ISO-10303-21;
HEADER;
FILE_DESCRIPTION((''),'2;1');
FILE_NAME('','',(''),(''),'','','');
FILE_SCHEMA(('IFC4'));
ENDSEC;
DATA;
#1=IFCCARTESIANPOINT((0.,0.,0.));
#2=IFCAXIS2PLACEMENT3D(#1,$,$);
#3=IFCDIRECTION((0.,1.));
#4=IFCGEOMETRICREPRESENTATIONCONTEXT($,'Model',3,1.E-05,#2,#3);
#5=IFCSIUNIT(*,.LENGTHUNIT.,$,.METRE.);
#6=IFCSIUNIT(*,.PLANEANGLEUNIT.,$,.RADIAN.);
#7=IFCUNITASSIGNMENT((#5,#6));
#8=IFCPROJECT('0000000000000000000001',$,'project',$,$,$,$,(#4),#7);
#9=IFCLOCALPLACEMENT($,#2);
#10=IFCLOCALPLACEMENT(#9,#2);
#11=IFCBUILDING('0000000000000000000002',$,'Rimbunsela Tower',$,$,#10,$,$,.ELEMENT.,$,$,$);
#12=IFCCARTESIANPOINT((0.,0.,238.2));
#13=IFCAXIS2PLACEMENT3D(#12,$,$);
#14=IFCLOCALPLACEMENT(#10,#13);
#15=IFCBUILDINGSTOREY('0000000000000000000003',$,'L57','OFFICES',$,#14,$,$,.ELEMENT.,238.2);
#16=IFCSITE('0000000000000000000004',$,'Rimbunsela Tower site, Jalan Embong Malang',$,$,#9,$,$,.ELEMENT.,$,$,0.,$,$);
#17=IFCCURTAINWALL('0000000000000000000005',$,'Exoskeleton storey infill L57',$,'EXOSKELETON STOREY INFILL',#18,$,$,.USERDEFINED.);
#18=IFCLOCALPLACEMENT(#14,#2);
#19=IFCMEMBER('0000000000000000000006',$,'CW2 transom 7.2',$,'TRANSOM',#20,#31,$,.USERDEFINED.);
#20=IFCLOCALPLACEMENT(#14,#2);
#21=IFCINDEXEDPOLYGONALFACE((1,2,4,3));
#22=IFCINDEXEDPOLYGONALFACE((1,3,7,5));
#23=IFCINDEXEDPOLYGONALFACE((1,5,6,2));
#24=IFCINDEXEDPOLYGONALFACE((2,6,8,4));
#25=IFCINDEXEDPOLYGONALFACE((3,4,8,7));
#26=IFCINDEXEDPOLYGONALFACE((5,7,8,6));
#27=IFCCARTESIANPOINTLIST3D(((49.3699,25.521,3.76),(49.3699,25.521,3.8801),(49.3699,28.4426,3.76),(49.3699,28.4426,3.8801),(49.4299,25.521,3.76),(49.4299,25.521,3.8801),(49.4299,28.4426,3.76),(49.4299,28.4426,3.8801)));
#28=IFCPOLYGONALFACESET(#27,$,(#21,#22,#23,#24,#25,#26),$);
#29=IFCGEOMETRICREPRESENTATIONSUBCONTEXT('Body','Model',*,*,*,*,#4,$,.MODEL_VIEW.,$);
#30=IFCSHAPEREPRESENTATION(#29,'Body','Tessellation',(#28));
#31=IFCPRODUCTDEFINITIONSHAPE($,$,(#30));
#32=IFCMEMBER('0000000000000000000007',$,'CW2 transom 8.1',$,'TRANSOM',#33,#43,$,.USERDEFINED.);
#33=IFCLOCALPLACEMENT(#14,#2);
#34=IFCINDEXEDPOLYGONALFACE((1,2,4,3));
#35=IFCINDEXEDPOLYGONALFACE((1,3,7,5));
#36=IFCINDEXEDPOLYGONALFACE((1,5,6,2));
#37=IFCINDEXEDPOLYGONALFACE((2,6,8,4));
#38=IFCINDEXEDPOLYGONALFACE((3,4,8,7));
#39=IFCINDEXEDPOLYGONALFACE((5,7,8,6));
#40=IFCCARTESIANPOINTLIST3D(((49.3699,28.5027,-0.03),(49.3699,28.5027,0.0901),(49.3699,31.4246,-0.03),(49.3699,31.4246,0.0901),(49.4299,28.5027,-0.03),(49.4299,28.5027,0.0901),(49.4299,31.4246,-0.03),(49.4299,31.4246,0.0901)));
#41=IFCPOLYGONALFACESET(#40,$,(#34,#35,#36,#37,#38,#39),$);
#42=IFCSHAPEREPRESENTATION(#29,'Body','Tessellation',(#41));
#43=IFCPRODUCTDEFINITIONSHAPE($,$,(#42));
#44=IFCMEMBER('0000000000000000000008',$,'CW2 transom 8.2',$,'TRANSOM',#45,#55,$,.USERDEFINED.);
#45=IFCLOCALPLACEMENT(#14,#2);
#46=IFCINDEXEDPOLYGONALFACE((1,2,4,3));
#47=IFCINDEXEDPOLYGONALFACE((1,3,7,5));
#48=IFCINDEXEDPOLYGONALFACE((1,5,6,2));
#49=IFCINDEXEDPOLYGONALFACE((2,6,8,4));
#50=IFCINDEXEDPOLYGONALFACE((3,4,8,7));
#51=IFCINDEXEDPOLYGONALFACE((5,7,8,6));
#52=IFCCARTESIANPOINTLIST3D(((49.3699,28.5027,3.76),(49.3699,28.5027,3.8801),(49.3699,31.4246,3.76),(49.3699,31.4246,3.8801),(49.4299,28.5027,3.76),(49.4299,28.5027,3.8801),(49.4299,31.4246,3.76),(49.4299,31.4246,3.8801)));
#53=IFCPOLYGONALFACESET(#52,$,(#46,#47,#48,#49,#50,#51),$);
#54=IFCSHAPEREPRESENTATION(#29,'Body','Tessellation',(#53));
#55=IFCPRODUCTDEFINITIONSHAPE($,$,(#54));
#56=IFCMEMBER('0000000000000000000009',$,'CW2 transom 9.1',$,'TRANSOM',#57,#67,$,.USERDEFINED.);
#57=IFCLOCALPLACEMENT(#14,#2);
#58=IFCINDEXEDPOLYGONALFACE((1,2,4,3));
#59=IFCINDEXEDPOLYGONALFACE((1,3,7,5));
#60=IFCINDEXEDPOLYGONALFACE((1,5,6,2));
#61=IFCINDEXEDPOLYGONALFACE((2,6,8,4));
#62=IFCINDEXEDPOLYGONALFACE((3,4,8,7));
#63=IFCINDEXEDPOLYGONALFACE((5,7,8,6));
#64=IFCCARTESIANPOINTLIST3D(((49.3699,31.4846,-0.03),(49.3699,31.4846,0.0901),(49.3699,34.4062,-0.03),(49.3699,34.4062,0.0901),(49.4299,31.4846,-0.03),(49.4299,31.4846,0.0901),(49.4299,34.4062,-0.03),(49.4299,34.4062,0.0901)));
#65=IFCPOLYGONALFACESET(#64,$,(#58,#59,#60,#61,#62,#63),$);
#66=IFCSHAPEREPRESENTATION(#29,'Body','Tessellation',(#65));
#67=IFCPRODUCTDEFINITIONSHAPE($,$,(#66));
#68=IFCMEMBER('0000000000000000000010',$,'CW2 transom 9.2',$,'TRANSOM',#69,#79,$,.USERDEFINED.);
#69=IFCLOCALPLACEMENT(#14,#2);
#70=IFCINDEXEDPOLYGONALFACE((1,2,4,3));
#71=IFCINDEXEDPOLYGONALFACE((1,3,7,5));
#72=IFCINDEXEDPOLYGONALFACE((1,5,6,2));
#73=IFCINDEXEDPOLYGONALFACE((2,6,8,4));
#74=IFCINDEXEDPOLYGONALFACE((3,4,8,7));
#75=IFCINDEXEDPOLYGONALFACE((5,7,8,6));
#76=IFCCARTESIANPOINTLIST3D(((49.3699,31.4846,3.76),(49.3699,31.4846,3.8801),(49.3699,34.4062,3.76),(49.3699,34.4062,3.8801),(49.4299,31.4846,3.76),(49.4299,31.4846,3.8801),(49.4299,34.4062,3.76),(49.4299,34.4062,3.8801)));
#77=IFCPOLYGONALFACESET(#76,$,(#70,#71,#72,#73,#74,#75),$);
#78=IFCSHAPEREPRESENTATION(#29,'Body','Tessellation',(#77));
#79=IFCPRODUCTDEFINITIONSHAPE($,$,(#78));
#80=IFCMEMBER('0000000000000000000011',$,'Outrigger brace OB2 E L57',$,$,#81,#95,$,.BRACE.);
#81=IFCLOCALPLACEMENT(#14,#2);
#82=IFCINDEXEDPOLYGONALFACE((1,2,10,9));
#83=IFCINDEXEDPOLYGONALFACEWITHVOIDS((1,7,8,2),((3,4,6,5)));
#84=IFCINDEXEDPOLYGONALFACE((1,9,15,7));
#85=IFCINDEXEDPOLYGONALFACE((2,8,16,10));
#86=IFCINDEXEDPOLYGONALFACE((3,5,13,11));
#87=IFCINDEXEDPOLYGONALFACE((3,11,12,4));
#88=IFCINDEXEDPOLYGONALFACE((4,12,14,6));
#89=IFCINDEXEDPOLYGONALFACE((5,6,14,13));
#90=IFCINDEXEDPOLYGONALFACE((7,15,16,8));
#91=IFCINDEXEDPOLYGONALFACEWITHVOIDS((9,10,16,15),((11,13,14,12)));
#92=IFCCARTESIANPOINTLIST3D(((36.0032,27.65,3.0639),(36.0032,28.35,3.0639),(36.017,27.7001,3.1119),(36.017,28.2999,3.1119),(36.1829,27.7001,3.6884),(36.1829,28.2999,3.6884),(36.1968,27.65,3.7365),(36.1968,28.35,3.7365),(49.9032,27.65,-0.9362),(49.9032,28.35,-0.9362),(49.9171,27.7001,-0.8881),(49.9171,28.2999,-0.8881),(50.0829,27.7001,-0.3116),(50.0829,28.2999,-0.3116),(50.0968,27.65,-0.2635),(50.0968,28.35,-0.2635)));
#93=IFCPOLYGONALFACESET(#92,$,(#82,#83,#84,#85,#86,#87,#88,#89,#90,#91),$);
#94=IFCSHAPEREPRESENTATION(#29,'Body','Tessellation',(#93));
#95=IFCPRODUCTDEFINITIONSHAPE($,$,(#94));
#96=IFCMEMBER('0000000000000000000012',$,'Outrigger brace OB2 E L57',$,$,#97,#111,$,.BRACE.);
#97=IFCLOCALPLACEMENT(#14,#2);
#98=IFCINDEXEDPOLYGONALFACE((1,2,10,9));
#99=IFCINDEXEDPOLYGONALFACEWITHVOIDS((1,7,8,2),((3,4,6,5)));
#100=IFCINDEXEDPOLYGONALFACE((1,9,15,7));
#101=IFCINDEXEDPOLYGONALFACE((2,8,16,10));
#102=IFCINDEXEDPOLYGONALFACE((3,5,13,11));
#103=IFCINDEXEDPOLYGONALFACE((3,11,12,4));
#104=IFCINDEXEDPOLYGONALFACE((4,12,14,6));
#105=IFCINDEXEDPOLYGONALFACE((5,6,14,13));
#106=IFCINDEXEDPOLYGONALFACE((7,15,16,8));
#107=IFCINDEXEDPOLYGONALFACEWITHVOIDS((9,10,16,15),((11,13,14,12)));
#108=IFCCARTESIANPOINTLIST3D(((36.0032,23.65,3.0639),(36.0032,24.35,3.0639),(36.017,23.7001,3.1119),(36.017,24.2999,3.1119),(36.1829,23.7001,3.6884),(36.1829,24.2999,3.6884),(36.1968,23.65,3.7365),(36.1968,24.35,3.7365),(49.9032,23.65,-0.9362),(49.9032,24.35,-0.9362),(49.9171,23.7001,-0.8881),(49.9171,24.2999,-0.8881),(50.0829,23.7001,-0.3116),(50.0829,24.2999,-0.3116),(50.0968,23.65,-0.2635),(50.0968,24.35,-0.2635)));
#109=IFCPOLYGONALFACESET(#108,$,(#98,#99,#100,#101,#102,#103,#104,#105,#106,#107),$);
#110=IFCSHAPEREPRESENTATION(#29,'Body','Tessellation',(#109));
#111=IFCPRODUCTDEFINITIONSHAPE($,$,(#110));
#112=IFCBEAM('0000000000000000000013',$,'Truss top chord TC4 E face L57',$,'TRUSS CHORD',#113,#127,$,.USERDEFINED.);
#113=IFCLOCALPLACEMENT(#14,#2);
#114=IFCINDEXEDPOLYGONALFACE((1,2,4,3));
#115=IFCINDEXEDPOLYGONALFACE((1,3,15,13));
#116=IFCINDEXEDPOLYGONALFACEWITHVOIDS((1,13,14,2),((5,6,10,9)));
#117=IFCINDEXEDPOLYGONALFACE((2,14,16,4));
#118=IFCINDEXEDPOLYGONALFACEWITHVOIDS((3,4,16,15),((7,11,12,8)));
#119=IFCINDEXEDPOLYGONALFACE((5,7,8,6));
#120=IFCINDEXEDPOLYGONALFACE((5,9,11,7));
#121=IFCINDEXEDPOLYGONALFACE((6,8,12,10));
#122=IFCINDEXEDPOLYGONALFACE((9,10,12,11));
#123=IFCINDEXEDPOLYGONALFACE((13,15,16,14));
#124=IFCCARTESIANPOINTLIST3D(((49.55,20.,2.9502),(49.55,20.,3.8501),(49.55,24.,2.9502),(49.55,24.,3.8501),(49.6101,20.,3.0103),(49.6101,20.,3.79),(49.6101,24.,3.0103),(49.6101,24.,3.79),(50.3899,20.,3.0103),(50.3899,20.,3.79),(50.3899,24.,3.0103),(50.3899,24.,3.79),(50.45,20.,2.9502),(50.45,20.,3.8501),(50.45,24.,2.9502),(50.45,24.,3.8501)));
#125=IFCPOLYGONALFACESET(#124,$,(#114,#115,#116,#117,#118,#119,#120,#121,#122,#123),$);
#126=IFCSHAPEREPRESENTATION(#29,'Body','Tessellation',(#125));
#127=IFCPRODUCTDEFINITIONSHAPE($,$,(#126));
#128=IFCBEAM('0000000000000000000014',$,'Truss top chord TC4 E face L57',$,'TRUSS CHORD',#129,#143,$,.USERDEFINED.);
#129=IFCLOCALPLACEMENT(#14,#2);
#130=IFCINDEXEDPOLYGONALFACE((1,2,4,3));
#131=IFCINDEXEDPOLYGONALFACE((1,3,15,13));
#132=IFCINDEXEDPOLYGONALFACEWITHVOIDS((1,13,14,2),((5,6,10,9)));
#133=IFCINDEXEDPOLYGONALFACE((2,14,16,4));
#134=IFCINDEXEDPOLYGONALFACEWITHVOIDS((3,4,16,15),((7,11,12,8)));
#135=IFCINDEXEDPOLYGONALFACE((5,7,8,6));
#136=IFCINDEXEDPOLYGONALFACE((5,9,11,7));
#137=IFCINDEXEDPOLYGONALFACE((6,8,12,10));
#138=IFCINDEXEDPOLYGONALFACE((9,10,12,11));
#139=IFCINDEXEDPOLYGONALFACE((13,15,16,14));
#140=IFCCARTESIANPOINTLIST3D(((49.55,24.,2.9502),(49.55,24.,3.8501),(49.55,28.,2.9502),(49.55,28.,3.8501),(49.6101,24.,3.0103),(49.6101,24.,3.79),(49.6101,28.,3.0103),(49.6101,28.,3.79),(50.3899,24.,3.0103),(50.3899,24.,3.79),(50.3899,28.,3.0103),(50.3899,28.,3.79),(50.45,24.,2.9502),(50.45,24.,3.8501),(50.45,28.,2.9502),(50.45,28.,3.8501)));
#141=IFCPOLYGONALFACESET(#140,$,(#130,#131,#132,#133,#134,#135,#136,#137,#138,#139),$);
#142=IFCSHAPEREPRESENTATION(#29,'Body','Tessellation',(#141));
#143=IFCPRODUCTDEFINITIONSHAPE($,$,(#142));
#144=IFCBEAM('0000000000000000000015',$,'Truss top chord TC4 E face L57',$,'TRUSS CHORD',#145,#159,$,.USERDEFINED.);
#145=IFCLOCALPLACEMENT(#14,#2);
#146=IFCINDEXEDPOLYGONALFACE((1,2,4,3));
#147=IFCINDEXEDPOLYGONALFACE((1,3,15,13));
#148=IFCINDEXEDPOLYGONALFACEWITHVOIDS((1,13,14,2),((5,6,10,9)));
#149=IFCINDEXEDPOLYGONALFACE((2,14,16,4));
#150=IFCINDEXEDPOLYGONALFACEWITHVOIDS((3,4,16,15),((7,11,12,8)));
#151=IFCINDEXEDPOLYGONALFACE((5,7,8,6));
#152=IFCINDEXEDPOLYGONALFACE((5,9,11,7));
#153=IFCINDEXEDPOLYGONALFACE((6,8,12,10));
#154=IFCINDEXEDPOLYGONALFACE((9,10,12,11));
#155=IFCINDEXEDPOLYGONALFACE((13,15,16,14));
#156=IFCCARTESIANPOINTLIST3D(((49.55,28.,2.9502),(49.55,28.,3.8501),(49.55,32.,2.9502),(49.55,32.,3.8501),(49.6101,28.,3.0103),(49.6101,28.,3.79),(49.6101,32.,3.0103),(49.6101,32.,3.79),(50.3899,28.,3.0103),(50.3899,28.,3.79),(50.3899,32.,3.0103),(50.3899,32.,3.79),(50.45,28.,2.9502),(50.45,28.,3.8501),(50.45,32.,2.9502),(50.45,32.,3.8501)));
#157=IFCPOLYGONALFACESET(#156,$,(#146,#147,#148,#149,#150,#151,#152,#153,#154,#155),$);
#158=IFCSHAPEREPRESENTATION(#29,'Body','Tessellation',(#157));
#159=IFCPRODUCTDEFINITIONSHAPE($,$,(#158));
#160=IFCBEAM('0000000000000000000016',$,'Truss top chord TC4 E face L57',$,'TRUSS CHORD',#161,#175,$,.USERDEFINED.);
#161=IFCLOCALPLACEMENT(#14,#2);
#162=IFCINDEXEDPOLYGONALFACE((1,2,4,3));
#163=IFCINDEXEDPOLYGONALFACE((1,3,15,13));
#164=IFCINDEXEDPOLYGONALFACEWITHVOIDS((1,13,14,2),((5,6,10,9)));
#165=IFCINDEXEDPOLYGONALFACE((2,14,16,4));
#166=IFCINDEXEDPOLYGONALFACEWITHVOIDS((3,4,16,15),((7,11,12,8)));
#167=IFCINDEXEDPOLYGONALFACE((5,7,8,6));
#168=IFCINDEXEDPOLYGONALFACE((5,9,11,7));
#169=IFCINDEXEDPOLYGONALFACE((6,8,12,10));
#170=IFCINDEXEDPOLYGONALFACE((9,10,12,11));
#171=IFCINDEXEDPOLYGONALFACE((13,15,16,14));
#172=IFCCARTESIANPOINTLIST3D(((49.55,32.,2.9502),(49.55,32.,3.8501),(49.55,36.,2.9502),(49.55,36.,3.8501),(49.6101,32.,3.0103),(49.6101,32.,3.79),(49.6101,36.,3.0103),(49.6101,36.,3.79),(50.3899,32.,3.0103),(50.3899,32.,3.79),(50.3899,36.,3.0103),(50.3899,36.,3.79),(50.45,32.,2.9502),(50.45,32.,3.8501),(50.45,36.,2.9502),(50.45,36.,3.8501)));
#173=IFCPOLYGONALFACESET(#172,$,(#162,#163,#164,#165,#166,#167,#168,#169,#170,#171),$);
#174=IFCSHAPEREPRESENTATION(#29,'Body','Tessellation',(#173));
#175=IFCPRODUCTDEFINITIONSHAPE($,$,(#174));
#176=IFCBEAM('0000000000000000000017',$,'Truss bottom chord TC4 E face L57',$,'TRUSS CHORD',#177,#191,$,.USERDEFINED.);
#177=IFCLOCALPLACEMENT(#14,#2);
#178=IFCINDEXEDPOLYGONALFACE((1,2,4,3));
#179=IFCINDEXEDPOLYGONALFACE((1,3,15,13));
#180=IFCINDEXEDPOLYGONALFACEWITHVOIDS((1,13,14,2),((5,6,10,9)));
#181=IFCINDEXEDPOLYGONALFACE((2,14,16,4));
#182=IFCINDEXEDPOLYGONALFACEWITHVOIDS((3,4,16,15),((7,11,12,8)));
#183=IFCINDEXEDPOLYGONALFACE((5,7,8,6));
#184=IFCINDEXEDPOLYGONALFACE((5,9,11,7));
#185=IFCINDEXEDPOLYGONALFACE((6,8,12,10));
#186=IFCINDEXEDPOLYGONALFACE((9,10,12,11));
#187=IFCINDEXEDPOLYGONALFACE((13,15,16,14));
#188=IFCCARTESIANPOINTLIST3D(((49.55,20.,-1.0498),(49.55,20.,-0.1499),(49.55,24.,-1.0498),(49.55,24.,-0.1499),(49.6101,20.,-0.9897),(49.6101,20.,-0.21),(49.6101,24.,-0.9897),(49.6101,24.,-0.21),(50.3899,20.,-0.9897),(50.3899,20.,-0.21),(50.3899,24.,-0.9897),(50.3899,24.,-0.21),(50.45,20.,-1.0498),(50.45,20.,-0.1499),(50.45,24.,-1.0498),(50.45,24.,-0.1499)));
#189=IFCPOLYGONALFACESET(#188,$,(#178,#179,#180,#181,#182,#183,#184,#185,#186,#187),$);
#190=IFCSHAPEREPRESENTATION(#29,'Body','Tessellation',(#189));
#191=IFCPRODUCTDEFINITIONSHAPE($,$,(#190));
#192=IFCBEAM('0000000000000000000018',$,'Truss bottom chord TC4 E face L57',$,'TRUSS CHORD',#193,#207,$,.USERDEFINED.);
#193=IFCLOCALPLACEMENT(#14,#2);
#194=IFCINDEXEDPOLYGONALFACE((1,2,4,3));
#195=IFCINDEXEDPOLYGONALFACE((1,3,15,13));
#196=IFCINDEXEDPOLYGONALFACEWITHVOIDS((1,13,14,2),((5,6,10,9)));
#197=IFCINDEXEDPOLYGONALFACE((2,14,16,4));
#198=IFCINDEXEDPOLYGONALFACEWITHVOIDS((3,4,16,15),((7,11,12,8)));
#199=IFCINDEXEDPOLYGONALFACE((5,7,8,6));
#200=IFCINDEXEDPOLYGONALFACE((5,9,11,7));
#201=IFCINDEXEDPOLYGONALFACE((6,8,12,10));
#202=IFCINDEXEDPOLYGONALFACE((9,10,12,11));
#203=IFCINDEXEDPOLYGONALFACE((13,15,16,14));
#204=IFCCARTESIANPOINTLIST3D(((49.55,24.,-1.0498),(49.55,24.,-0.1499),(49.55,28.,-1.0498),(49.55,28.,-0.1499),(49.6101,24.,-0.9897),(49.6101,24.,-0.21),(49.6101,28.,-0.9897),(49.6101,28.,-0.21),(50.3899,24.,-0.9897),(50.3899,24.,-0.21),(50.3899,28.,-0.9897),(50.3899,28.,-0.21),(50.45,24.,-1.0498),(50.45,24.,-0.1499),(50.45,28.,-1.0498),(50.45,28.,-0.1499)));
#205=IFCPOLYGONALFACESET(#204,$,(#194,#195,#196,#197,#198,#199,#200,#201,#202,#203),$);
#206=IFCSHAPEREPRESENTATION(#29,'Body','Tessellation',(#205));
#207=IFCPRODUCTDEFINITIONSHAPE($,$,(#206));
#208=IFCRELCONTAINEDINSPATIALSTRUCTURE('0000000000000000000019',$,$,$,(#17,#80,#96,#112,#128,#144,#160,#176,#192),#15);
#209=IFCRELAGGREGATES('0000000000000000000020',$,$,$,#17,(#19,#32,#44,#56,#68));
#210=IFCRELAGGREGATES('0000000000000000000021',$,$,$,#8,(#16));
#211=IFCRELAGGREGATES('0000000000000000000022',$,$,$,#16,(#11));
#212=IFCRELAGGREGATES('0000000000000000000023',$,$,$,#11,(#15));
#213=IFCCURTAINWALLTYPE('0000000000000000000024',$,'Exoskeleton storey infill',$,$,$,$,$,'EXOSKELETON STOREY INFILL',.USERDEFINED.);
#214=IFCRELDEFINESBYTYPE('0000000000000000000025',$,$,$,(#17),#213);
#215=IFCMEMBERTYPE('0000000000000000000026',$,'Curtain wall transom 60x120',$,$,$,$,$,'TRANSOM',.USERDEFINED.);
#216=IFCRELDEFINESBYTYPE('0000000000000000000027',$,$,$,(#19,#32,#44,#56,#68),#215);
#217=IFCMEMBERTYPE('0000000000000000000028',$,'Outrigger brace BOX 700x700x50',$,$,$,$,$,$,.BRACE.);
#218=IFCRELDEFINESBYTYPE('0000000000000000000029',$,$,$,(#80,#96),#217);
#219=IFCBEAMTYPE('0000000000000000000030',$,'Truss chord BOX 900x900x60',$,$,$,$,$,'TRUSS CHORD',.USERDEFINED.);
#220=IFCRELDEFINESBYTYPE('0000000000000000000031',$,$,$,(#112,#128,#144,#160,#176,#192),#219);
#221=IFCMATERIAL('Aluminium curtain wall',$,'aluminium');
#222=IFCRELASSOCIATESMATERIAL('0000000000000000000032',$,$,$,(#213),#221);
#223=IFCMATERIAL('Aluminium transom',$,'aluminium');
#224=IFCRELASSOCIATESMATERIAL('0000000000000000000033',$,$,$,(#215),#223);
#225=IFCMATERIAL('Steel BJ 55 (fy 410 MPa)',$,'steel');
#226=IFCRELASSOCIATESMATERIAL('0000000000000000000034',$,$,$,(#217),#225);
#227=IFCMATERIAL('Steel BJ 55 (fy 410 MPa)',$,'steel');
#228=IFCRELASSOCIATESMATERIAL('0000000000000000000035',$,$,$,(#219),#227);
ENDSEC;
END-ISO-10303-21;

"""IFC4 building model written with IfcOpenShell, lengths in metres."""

from ifc_helpers import new_model, si_unit, direction, frame, origin, origin_2d, place, context, subcontext, project, spatial, rectangle, hollow_rectangle, extrude, material, material_profile, profile_set, type_object, element, aggregate, save


model = new_model("IFC4")

# Units and contexts
model_context = context("Model", 3, precision=1e-05, world=origin(), true_north=direction((0.0, 1.0)))
body_context = subcontext(model_context, "Body", "Model", "MODEL_VIEW")
ifc_project = project(units=[si_unit("LENGTHUNIT", "METRE"), si_unit("PLANEANGLEUNIT", "RADIAN")], contexts=[model_context])

# Site, building, storey
site_placement = place(None, origin())
site = spatial("IfcSite", under=ifc_project, at=site_placement, Name="Rimbunsela Tower site, Jalan Embong Malang", CompositionType="ELEMENT", RefElevation=0.0)
building_placement = place(site_placement, origin())
building = spatial("IfcBuilding", under=site, at=building_placement, Name="Rimbunsela Tower", CompositionType="ELEMENT")
storey_placement = place(building_placement, frame((0.0, 0.0, 238.2)))
storey = spatial("IfcBuildingStorey", under=building, at=storey_placement, Name="L57", Description="OFFICES", CompositionType="ELEMENT", Elevation=238.2)

# Curtain wall, members
ifc_material_1 = material(Name="Aluminium curtain wall", Category="aluminium")
curtain_wall_type = type_object("IfcCurtainWallType", Name="Exoskeleton storey infill", ElementType="EXOSKELETON STOREY INFILL", PredefinedType="USERDEFINED", material=ifc_material_1)
curtain_wall_placement = place(storey_placement, origin())
curtain_wall = element("IfcCurtainWall", 1, at=curtain_wall_placement, inside=storey, type_object=curtain_wall_type, Name="Exoskeleton storey infill L57", ObjectType="EXOSKELETON STOREY INFILL", PredefinedType="USERDEFINED")
ifc_material_2 = material(Name="Aluminium transom", Category="aluminium")
ifc_material_profile_1 = material_profile(ifc_material_2, rectangle(XDim=0.0601, YDim=0.1201, at=origin_2d()), Name="Transom 60x120")
ifc_profile_set_1 = profile_set([ifc_material_profile_1], Name="Aluminium transom")
member_type_1 = type_object("IfcMemberType", Name="Curtain wall transom 60x120", ElementType="TRANSOM", PredefinedType="USERDEFINED", material=ifc_profile_set_1)
member_1_placement = place(storey_placement, frame((49.3999, 25.521, 3.8201), z_axis=(0.0, 1.0, 0.0), x_axis=(-1.0, 0.0, 0.0)))
member_1 = element("IfcMember", 2, at=member_1_placement, type_object=member_type_1, Name="CW2 transom 7.2", ObjectType="TRANSOM", PredefinedType="USERDEFINED", context=body_context, shape_type="SweptSolid", body=[
    extrude(rectangle(XDim=0.0601, YDim=0.1201, at=origin_2d()), origin(), (0.0, 0.0, 1.0), 2.9216),
])
member_2_placement = place(storey_placement, frame((49.3999, 28.5027, 0.03), z_axis=(0.0, 1.0, 0.0), x_axis=(-1.0, 0.0, 0.0)))
member_2 = element("IfcMember", 3, at=member_2_placement, type_object=member_type_1, Name="CW2 transom 8.1", ObjectType="TRANSOM", PredefinedType="USERDEFINED", context=body_context, shape_type="SweptSolid", body=[
    extrude(rectangle(XDim=0.0601, YDim=0.1201, at=origin_2d()), origin(), (0.0, 0.0, 1.0), 2.9219),
])
member_3_placement = place(storey_placement, frame((49.3999, 28.5027, 3.8201), z_axis=(0.0, 1.0, 0.0), x_axis=(-1.0, 0.0, 0.0)))
member_3 = element("IfcMember", 4, at=member_3_placement, type_object=member_type_1, Name="CW2 transom 8.2", ObjectType="TRANSOM", PredefinedType="USERDEFINED", context=body_context, shape_type="SweptSolid", body=[
    extrude(rectangle(XDim=0.0601, YDim=0.1201, at=origin_2d()), origin(), (0.0, 0.0, 1.0), 2.9219),
])
member_4_placement = place(storey_placement, frame((49.3999, 31.4846, 0.03), z_axis=(0.0, 1.0, 0.0), x_axis=(-1.0, 0.0, 0.0)))
member_4 = element("IfcMember", 5, at=member_4_placement, type_object=member_type_1, Name="CW2 transom 9.1", ObjectType="TRANSOM", PredefinedType="USERDEFINED", context=body_context, shape_type="SweptSolid", body=[
    extrude(rectangle(XDim=0.0601, YDim=0.1201, at=origin_2d()), origin(), (0.0, 0.0, 1.0), 2.9216),
])
member_5_placement = place(storey_placement, frame((49.3999, 31.4846, 3.8201), z_axis=(0.0, 1.0, 0.0), x_axis=(-1.0, 0.0, 0.0)))
member_5 = element("IfcMember", 6, at=member_5_placement, type_object=member_type_1, Name="CW2 transom 9.2", ObjectType="TRANSOM", PredefinedType="USERDEFINED", context=body_context, shape_type="SweptSolid", body=[
    extrude(rectangle(XDim=0.0601, YDim=0.1201, at=origin_2d()), origin(), (0.0, 0.0, 1.0), 2.9216),
])

# Members
ifc_material_3 = material(Name="Steel BJ 55 (fy 410 MPa)", Category="steel")
ifc_material_profile_2 = material_profile(ifc_material_3, hollow_rectangle(XDim=0.7, YDim=0.7, WallThickness=0.05, at=origin_2d()), Name="BOX 700x700x50")
ifc_profile_set_2 = profile_set([ifc_material_profile_2], Name="Steel BJ 55 (fy 410 MPa)")
member_type_2 = type_object("IfcMemberType", Name="Outrigger brace BOX 700x700x50", PredefinedType="BRACE", material=ifc_profile_set_2)
for number, where, z_axis, x_axis, name in (
    (7, (50.0, 28.0, -0.5999), (-0.961, 0.0, 0.276549), (0.0, -1.0, 0.0), "Outrigger brace OB2 E L57"),
    (8, (50.0, 24.0, -0.5999), (-0.961, 0.0, 0.276549), (0.0, -1.0, 0.0), "Outrigger brace OB2 E L57"),
):
    element("IfcMember", number, at=place(storey_placement, frame(where, z_axis=z_axis, x_axis=x_axis)), inside=storey, type_object=member_type_2, Name=name, PredefinedType="BRACE", context=body_context, shape_type="SweptSolid", body=[
        extrude(hollow_rectangle(XDim=0.7, YDim=0.7, WallThickness=0.05, at=origin_2d()), origin(), (0.0, 0.0, 1.0), 14.4641),
    ])

# Beams
ifc_material_4 = material(Name="Steel BJ 55 (fy 410 MPa)", Category="steel")
ifc_material_profile_3 = material_profile(ifc_material_4, hollow_rectangle(XDim=0.8999, YDim=0.8999, WallThickness=0.0601, at=origin_2d()), Name="BOX 900x900x60")
ifc_profile_set_3 = profile_set([ifc_material_profile_3], Name="Steel BJ 55 (fy 410 MPa)")
beam_type = type_object("IfcBeamType", Name="Truss chord BOX 900x900x60", ElementType="TRUSS CHORD", PredefinedType="USERDEFINED", material=ifc_profile_set_3)
for number, where, z_axis, x_axis, name in (
    (9, (50.0, 20.0, 3.4001), (0.0, 1.0, 0.0), (-1.0, 0.0, 0.0), "Truss top chord TC4 E face L57"),
    (10, (50.0, 24.0, 3.4001), (0.0, 1.0, 0.0), (-1.0, 0.0, 0.0), "Truss top chord TC4 E face L57"),
    (11, (50.0, 28.0, 3.4001), (0.0, 1.0, 0.0), (-1.0, 0.0, 0.0), "Truss top chord TC4 E face L57"),
    (12, (50.0, 32.0, 3.4001), (0.0, 1.0, 0.0), (-1.0, 0.0, 0.0), "Truss top chord TC4 E face L57"),
    (13, (50.0, 20.0, -0.5999), (0.0, 1.0, 0.0), (-1.0, 0.0, 0.0), "Truss bottom chord TC4 E face L57"),
    (14, (50.0, 24.0, -0.5999), (0.0, 1.0, 0.0), (-1.0, 0.0, 0.0), "Truss bottom chord TC4 E face L57"),
):
    element("IfcBeam", number, at=place(storey_placement, frame(where, z_axis=z_axis, x_axis=x_axis)), inside=storey, type_object=beam_type, Name=name, ObjectType="TRUSS CHORD", PredefinedType="USERDEFINED", context=body_context, shape_type="SweptSolid", body=[
        extrude(hollow_rectangle(XDim=0.8999, YDim=0.8999, WallThickness=0.0601, at=origin_2d()), origin(), (0.0, 0.0, 1.0), 4.0),
    ])

aggregate(curtain_wall, [member_1, member_2, member_3, member_4, member_5])

save(model, "model.ifc")
